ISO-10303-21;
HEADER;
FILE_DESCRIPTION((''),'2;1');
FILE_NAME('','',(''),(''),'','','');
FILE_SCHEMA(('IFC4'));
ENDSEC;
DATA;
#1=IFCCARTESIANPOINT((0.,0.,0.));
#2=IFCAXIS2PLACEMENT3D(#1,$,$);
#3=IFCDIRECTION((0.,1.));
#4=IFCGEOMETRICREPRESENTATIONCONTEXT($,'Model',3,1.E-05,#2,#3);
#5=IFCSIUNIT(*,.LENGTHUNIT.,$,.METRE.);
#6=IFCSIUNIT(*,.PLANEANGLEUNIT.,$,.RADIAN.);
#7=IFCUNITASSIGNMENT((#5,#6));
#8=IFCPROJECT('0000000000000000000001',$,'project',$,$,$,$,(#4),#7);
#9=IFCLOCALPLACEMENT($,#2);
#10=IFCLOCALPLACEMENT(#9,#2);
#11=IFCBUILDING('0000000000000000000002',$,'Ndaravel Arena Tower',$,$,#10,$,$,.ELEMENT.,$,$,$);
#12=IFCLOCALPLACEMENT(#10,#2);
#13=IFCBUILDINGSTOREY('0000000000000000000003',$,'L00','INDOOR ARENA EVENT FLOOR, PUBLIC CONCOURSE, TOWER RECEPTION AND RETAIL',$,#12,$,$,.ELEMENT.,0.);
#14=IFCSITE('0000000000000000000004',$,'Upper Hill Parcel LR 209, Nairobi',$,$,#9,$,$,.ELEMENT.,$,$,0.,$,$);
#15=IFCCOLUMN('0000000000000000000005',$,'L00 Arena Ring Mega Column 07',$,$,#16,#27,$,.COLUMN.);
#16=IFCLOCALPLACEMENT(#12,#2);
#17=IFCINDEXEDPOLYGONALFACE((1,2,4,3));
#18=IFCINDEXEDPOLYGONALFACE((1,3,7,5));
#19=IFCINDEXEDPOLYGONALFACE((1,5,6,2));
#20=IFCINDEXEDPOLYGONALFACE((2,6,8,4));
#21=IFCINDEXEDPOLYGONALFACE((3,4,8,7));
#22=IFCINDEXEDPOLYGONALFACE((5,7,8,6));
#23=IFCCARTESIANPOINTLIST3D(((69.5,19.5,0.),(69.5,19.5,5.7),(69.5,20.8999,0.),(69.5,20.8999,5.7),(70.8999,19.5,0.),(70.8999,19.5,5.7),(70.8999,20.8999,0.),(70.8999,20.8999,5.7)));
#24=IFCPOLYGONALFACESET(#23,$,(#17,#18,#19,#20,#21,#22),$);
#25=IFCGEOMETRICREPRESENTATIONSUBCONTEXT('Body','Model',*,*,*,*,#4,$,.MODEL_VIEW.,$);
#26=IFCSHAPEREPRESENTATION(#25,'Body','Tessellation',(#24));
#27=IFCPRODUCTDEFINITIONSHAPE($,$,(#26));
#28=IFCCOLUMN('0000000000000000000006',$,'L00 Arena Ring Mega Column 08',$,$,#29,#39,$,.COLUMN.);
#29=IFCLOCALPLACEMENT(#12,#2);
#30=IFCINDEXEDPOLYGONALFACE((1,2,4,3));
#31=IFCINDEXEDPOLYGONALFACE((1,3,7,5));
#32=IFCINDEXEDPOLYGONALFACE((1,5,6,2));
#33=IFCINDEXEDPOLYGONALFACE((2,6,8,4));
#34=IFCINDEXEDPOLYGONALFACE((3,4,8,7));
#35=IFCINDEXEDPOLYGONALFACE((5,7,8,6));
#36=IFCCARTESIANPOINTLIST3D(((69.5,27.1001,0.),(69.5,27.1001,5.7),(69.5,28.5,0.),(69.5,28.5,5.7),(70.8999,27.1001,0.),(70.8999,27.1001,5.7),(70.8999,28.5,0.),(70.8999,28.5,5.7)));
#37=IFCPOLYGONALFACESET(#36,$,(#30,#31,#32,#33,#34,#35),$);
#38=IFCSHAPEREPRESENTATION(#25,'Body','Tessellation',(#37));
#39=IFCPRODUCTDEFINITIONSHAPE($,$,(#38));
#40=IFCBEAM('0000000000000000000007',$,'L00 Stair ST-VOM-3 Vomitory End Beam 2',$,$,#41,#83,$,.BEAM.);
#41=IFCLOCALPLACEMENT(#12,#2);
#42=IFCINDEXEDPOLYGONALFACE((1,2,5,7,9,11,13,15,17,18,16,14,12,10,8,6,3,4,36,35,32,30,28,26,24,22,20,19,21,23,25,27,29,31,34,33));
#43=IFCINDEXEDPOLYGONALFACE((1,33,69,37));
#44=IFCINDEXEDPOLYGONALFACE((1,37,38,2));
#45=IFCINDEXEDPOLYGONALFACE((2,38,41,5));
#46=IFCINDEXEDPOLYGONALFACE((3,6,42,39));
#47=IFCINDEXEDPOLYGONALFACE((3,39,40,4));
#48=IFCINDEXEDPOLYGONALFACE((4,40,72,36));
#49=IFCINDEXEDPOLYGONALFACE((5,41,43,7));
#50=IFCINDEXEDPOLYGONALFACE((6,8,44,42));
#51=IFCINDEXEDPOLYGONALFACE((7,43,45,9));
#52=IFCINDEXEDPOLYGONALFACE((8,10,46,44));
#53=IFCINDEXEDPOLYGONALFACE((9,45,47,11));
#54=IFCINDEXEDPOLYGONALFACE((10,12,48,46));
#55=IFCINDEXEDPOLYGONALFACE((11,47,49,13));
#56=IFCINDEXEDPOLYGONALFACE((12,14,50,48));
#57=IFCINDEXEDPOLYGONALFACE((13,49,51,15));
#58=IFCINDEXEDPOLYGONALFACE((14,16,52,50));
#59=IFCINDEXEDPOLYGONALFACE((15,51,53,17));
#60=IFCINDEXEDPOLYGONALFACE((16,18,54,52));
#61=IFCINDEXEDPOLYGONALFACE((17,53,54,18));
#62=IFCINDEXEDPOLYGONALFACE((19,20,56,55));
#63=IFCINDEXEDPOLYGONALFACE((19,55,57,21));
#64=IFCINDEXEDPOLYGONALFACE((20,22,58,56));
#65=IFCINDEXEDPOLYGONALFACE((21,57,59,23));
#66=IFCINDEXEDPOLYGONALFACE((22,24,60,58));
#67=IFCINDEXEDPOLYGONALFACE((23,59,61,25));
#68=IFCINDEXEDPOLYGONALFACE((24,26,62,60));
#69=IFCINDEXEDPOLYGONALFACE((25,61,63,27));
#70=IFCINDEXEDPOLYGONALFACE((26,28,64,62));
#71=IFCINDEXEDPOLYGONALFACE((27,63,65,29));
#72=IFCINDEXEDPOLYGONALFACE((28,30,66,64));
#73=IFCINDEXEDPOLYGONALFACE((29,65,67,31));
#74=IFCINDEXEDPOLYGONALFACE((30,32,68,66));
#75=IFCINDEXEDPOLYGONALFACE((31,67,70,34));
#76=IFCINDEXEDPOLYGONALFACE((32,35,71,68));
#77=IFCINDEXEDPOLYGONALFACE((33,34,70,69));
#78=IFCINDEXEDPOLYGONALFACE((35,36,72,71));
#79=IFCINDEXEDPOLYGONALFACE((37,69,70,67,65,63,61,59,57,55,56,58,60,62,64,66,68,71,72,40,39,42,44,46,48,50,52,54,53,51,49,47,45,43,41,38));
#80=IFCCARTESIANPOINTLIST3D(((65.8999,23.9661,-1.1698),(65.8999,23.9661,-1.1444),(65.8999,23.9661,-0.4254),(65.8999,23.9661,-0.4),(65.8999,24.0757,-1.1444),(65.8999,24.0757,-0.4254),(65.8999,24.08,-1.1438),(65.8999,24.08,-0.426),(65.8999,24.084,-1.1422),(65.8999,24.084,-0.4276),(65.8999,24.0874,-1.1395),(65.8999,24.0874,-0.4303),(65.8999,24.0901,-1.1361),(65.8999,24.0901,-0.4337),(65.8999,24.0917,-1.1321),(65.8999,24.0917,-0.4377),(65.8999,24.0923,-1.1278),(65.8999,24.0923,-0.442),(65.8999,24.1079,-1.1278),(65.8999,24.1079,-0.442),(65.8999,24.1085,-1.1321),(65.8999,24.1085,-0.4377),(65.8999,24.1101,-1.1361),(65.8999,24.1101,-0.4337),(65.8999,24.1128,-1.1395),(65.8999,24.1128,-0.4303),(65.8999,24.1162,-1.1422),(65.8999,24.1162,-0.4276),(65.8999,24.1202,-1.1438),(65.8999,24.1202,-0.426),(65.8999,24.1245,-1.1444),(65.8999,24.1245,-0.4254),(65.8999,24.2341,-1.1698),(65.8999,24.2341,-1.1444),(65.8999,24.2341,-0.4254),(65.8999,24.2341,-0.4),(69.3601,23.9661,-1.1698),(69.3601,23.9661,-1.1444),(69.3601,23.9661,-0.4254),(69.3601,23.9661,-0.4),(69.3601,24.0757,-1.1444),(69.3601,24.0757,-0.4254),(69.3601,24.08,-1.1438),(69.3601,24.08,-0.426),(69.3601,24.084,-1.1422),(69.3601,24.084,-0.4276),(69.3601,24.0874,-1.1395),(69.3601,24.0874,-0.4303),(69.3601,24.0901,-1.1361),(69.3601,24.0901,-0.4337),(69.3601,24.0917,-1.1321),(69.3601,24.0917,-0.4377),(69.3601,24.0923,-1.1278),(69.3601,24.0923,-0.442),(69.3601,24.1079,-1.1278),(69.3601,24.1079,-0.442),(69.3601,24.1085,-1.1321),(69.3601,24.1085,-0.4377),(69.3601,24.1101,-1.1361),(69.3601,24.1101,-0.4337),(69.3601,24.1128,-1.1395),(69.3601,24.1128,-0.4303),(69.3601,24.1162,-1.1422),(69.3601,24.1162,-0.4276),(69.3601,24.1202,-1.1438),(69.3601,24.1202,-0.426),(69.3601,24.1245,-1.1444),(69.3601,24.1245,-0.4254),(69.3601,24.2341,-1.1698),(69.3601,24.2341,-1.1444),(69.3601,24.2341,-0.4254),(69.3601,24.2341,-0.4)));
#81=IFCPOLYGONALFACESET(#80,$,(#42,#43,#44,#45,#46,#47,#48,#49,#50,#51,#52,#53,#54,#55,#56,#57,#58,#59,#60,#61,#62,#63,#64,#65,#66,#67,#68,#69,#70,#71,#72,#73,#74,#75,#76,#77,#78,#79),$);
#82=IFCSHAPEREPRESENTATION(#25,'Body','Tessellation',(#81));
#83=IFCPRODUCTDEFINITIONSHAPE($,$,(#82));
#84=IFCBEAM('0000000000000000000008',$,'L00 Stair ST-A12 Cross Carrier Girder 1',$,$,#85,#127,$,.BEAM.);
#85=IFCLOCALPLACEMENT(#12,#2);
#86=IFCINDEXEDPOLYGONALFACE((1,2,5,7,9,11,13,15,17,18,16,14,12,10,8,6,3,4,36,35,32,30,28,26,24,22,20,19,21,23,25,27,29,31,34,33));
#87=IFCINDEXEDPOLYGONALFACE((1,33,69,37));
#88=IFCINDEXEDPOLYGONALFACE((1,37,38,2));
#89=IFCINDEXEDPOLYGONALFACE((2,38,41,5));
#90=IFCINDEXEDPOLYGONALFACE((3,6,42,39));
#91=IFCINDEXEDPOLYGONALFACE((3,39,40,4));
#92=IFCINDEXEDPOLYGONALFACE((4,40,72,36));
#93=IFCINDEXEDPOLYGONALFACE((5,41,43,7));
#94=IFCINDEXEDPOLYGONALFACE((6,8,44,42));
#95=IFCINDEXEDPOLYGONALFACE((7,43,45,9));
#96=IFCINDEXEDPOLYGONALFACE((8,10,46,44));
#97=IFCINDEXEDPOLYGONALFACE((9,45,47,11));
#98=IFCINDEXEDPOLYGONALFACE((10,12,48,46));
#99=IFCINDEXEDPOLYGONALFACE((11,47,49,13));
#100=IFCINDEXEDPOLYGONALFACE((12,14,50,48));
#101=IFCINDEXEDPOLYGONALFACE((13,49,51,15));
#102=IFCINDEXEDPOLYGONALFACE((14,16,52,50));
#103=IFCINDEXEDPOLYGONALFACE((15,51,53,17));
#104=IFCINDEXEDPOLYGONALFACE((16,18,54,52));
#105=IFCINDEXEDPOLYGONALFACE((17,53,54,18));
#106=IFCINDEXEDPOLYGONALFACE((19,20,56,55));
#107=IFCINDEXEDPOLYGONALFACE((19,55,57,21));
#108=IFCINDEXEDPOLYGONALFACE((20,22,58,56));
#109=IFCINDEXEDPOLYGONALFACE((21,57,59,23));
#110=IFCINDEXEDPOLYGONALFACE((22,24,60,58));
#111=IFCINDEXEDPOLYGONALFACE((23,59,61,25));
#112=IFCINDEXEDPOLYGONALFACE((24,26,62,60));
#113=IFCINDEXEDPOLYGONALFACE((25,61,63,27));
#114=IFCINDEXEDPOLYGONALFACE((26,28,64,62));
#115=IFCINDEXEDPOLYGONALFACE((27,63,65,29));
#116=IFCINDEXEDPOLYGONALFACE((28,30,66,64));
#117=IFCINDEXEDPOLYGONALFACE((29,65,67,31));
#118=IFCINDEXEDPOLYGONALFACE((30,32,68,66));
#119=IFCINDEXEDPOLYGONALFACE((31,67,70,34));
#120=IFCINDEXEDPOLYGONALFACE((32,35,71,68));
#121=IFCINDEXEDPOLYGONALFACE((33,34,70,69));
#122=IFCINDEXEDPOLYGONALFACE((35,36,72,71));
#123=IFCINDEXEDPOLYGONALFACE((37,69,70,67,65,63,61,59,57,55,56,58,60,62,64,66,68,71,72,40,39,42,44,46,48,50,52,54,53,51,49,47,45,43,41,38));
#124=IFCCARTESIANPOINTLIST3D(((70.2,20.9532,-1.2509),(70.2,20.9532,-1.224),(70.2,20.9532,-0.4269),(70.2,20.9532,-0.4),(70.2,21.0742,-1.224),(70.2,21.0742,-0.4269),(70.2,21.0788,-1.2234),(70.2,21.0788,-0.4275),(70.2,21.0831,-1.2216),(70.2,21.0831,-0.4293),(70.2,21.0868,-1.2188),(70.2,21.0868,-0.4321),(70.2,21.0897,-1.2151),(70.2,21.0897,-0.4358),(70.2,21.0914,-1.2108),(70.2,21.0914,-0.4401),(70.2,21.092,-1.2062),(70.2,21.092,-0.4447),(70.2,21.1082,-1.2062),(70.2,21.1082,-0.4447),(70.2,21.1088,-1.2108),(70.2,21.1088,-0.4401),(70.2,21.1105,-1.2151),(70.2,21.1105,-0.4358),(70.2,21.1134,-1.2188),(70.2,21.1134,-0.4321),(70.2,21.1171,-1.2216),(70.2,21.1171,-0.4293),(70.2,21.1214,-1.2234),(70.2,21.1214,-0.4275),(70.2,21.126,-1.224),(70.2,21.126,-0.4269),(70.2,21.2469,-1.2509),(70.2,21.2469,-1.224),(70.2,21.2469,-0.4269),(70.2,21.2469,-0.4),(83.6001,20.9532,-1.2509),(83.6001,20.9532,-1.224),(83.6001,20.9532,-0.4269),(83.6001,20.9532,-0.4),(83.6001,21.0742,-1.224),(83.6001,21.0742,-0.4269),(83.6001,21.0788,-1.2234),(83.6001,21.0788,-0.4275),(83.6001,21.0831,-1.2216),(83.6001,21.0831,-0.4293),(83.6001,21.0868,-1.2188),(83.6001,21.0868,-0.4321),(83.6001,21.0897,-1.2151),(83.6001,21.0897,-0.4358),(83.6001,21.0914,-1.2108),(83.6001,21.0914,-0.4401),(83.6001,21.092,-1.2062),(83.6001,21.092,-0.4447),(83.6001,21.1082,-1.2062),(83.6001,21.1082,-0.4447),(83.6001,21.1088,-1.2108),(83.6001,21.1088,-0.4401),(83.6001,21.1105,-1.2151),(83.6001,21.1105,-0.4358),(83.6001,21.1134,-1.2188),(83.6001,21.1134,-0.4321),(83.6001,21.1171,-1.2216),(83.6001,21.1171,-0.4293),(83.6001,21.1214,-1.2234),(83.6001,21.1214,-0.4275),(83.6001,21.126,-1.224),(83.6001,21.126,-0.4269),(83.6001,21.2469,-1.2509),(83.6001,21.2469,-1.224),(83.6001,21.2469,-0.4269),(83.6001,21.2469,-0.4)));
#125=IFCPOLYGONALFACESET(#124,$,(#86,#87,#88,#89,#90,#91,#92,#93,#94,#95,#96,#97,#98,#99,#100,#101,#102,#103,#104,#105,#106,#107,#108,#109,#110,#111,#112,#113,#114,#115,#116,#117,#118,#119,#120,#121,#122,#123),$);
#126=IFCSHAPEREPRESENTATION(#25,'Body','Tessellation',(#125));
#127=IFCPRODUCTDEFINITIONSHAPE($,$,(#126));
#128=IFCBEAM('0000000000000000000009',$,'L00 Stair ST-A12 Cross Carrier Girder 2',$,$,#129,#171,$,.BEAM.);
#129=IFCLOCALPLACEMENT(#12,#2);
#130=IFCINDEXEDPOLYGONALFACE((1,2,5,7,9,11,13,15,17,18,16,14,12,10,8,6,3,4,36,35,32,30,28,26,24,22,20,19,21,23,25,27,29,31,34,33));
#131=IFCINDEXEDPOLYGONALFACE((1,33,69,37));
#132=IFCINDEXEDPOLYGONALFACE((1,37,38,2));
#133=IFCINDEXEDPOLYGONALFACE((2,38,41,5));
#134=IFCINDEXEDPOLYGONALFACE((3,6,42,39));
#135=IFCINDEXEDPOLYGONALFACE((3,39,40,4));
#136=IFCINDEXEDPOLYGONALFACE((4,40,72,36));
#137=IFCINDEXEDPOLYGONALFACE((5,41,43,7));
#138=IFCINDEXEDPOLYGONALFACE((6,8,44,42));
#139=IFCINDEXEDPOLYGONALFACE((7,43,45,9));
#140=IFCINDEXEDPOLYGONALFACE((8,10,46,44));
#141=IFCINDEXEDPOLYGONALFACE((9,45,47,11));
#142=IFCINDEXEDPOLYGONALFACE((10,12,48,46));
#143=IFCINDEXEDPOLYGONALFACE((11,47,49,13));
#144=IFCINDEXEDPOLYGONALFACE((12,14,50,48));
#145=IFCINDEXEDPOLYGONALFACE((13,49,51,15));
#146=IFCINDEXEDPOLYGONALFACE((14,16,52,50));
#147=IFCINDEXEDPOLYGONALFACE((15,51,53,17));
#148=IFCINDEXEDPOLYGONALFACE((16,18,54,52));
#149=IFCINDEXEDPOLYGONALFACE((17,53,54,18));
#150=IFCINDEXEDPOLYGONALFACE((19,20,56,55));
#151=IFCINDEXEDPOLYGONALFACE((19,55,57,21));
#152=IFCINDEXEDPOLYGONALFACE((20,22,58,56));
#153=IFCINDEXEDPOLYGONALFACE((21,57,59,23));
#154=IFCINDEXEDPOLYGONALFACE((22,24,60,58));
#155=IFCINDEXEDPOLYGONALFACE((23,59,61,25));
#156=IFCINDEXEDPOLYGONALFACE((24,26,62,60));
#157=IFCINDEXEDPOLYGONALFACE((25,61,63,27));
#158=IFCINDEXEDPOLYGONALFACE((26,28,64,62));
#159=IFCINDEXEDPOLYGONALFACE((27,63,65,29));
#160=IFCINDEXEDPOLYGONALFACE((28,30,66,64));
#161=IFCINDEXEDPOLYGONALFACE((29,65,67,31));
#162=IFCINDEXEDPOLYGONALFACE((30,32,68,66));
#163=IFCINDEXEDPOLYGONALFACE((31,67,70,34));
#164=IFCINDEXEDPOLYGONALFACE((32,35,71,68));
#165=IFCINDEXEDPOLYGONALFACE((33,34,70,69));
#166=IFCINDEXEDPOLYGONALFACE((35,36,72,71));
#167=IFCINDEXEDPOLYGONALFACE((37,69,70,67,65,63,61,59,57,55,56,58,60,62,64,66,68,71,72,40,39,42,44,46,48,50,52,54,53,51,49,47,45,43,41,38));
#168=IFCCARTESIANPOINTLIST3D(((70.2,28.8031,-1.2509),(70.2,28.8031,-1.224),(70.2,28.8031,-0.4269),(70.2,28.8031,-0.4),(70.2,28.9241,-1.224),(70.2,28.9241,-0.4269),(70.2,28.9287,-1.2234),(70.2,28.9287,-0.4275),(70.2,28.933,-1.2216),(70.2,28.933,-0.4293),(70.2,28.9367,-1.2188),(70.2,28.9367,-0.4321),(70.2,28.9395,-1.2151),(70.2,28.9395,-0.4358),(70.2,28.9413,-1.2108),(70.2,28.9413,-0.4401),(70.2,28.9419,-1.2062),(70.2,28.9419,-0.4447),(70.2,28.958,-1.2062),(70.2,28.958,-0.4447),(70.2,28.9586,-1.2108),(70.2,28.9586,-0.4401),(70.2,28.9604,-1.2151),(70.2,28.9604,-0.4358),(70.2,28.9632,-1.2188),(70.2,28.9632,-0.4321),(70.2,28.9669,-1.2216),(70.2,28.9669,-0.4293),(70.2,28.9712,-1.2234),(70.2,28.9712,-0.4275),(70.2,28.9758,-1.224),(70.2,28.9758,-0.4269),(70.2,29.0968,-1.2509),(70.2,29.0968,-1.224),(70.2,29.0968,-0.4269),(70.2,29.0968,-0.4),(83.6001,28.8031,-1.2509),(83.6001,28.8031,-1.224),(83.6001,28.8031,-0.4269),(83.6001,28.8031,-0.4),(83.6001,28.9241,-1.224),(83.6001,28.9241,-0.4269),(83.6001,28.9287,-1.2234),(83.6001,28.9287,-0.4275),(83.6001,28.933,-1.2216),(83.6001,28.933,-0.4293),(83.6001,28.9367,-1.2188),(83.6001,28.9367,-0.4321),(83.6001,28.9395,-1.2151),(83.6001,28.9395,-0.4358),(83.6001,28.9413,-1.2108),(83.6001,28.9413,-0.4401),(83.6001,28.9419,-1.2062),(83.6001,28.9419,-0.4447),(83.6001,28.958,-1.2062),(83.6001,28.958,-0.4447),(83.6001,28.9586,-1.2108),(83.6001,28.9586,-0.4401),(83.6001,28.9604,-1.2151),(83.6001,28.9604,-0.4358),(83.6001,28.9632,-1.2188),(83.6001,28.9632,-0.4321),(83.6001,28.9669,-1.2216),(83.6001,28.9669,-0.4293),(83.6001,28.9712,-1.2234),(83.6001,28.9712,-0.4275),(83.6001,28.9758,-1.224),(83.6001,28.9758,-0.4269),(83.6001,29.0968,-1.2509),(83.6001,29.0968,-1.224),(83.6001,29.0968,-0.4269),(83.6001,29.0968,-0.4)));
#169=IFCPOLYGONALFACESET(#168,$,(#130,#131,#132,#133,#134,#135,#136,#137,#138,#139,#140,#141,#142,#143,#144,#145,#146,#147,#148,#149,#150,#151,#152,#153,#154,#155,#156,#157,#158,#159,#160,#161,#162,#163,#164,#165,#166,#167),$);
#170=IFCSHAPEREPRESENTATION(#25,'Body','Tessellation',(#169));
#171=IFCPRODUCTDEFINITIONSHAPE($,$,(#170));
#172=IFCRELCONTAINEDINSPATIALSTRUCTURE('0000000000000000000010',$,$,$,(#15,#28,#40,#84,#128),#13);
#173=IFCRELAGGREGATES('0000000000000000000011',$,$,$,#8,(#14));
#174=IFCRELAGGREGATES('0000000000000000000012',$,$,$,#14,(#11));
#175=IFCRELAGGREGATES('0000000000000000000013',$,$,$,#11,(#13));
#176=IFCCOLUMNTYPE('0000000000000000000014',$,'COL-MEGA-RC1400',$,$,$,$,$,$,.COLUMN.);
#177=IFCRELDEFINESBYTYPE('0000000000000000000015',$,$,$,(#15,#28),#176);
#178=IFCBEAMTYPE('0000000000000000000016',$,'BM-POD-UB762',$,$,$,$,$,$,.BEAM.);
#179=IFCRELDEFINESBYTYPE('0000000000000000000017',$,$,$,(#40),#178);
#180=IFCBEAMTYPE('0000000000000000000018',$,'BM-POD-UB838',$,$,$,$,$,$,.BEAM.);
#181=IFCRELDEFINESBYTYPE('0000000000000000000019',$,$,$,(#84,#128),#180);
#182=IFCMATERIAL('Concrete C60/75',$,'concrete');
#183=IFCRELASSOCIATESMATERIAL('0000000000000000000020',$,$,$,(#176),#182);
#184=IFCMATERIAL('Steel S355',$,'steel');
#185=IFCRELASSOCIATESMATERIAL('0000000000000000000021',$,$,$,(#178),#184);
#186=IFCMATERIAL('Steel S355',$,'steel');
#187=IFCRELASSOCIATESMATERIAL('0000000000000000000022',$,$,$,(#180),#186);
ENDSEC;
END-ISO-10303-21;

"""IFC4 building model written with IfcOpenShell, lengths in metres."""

from ifc_helpers import new_model, si_unit, direction, frame, origin, origin_2d, place, context, subcontext, project, spatial, rectangle, i_section, extrude, material, material_profile, profile_set, type_object, element, save


model = new_model("IFC4")

# Units and contexts
model_context = context("Model", 3, precision=1e-05, world=origin(), true_north=direction((0.0, 1.0)))
body_context = subcontext(model_context, "Body", "Model", "MODEL_VIEW")
ifc_project = project(units=[si_unit("LENGTHUNIT", "METRE"), si_unit("PLANEANGLEUNIT", "RADIAN")], contexts=[model_context])

# Site, building, storey
site_placement = place(None, origin())
site = spatial("IfcSite", under=ifc_project, at=site_placement, Name="Upper Hill Parcel LR 209, Nairobi", CompositionType="ELEMENT", RefElevation=0.0)
building_placement = place(site_placement, origin())
building = spatial("IfcBuilding", under=site, at=building_placement, Name="Ndaravel Arena Tower", CompositionType="ELEMENT")
storey_placement = place(building_placement, origin())
storey = spatial("IfcBuildingStorey", under=building, at=storey_placement, Name="L00", Description="INDOOR ARENA EVENT FLOOR, PUBLIC CONCOURSE, TOWER RECEPTION AND RETAIL", CompositionType="ELEMENT", Elevation=0.0)

# Columns
ifc_material_1 = material(Name="Concrete C60/75", Category="concrete")
ifc_material_profile_1 = material_profile(ifc_material_1, rectangle(XDim=1.3999, YDim=1.3999, at=origin_2d()), Name="RC 1400x1400")
ifc_profile_set_1 = profile_set([ifc_material_profile_1], Name="Concrete C60/75")
column_type = type_object("IfcColumnType", Name="COL-MEGA-RC1400", PredefinedType="COLUMN", material=ifc_profile_set_1)
for number, where, z_axis, x_axis, name in (
    (1, (70.2, 20.2, 0.0), (0.0, 0.0, 1.0), (1.0, 0.0, 0.0), "L00 Arena Ring Mega Column 07"),
    (2, (70.2, 27.8, 0.0), (0.0, 0.0, 1.0), (1.0, 0.0, 0.0), "L00 Arena Ring Mega Column 08"),
):
    element("IfcColumn", number, at=place(storey_placement, frame(where, z_axis=z_axis, x_axis=x_axis)), inside=storey, type_object=column_type, Name=name, PredefinedType="COLUMN", context=body_context, shape_type="SweptSolid", body=[
        extrude(rectangle(XDim=1.3999, YDim=1.3999, at=origin_2d()), origin(), (0.0, 0.0, 1.0), 5.7),
    ])

# Beams
ifc_material_2 = material(Name="Steel S355", Category="steel")
ifc_material_profile_2 = material_profile(ifc_material_2, i_section(OverallWidth=0.2681, OverallDepth=0.7698, WebThickness=0.0156, FlangeThickness=0.0254, FilletRadius=0.0166, at=origin_2d()), Name="UB 762x267x197")
ifc_profile_set_2 = profile_set([ifc_material_profile_2], Name="Steel S355")
beam_type_1 = type_object("IfcBeamType", Name="BM-POD-UB762", PredefinedType="BEAM", material=ifc_profile_set_2)
beam_1_placement = place(storey_placement, frame((65.8999, 24.1001, -0.7849), z_axis=(1.0, 0.0, 0.0), x_axis=(0.0, 1.0, 0.0)))
element("IfcBeam", 3, at=beam_1_placement, inside=storey, type_object=beam_type_1, Name="L00 Stair ST-VOM-3 Vomitory End Beam 2", PredefinedType="BEAM", context=body_context, shape_type="SweptSolid", body=[
    extrude(i_section(OverallWidth=0.2681, OverallDepth=0.7698, WebThickness=0.0156, FlangeThickness=0.0254, FilletRadius=0.0166, at=origin_2d()), origin(), (0.0, 0.0, 1.0), 3.4602),
])
ifc_material_3 = material(Name="Steel S355", Category="steel")
ifc_material_profile_3 = material_profile(ifc_material_3, i_section(OverallWidth=0.2937, OverallDepth=0.8508, WebThickness=0.0161, FlangeThickness=0.0269, FilletRadius=0.0178, at=origin_2d()), Name="UB 838x292x226")
ifc_profile_set_3 = profile_set([ifc_material_profile_3], Name="Steel S355")
beam_type_2 = type_object("IfcBeamType", Name="BM-POD-UB838", PredefinedType="BEAM", material=ifc_profile_set_3)
for number, where, z_axis, x_axis, name in (
    (4, (70.2, 21.1001, -0.8254), (1.0, 0.0, 0.0), (0.0, 1.0, 0.0), "L00 Stair ST-A12 Cross Carrier Girder 1"),
    (5, (70.2, 28.95, -0.8254), (1.0, 0.0, 0.0), (0.0, 1.0, 0.0), "L00 Stair ST-A12 Cross Carrier Girder 2"),
):
    element("IfcBeam", number, at=place(storey_placement, frame(where, z_axis=z_axis, x_axis=x_axis)), inside=storey, type_object=beam_type_2, Name=name, PredefinedType="BEAM", context=body_context, shape_type="SweptSolid", body=[
        extrude(i_section(OverallWidth=0.2937, OverallDepth=0.8508, WebThickness=0.0161, FlangeThickness=0.0269, FilletRadius=0.0178, at=origin_2d()), origin(), (0.0, 0.0, 1.0), 13.4001),
    ])

save(model, "model.ifc")
